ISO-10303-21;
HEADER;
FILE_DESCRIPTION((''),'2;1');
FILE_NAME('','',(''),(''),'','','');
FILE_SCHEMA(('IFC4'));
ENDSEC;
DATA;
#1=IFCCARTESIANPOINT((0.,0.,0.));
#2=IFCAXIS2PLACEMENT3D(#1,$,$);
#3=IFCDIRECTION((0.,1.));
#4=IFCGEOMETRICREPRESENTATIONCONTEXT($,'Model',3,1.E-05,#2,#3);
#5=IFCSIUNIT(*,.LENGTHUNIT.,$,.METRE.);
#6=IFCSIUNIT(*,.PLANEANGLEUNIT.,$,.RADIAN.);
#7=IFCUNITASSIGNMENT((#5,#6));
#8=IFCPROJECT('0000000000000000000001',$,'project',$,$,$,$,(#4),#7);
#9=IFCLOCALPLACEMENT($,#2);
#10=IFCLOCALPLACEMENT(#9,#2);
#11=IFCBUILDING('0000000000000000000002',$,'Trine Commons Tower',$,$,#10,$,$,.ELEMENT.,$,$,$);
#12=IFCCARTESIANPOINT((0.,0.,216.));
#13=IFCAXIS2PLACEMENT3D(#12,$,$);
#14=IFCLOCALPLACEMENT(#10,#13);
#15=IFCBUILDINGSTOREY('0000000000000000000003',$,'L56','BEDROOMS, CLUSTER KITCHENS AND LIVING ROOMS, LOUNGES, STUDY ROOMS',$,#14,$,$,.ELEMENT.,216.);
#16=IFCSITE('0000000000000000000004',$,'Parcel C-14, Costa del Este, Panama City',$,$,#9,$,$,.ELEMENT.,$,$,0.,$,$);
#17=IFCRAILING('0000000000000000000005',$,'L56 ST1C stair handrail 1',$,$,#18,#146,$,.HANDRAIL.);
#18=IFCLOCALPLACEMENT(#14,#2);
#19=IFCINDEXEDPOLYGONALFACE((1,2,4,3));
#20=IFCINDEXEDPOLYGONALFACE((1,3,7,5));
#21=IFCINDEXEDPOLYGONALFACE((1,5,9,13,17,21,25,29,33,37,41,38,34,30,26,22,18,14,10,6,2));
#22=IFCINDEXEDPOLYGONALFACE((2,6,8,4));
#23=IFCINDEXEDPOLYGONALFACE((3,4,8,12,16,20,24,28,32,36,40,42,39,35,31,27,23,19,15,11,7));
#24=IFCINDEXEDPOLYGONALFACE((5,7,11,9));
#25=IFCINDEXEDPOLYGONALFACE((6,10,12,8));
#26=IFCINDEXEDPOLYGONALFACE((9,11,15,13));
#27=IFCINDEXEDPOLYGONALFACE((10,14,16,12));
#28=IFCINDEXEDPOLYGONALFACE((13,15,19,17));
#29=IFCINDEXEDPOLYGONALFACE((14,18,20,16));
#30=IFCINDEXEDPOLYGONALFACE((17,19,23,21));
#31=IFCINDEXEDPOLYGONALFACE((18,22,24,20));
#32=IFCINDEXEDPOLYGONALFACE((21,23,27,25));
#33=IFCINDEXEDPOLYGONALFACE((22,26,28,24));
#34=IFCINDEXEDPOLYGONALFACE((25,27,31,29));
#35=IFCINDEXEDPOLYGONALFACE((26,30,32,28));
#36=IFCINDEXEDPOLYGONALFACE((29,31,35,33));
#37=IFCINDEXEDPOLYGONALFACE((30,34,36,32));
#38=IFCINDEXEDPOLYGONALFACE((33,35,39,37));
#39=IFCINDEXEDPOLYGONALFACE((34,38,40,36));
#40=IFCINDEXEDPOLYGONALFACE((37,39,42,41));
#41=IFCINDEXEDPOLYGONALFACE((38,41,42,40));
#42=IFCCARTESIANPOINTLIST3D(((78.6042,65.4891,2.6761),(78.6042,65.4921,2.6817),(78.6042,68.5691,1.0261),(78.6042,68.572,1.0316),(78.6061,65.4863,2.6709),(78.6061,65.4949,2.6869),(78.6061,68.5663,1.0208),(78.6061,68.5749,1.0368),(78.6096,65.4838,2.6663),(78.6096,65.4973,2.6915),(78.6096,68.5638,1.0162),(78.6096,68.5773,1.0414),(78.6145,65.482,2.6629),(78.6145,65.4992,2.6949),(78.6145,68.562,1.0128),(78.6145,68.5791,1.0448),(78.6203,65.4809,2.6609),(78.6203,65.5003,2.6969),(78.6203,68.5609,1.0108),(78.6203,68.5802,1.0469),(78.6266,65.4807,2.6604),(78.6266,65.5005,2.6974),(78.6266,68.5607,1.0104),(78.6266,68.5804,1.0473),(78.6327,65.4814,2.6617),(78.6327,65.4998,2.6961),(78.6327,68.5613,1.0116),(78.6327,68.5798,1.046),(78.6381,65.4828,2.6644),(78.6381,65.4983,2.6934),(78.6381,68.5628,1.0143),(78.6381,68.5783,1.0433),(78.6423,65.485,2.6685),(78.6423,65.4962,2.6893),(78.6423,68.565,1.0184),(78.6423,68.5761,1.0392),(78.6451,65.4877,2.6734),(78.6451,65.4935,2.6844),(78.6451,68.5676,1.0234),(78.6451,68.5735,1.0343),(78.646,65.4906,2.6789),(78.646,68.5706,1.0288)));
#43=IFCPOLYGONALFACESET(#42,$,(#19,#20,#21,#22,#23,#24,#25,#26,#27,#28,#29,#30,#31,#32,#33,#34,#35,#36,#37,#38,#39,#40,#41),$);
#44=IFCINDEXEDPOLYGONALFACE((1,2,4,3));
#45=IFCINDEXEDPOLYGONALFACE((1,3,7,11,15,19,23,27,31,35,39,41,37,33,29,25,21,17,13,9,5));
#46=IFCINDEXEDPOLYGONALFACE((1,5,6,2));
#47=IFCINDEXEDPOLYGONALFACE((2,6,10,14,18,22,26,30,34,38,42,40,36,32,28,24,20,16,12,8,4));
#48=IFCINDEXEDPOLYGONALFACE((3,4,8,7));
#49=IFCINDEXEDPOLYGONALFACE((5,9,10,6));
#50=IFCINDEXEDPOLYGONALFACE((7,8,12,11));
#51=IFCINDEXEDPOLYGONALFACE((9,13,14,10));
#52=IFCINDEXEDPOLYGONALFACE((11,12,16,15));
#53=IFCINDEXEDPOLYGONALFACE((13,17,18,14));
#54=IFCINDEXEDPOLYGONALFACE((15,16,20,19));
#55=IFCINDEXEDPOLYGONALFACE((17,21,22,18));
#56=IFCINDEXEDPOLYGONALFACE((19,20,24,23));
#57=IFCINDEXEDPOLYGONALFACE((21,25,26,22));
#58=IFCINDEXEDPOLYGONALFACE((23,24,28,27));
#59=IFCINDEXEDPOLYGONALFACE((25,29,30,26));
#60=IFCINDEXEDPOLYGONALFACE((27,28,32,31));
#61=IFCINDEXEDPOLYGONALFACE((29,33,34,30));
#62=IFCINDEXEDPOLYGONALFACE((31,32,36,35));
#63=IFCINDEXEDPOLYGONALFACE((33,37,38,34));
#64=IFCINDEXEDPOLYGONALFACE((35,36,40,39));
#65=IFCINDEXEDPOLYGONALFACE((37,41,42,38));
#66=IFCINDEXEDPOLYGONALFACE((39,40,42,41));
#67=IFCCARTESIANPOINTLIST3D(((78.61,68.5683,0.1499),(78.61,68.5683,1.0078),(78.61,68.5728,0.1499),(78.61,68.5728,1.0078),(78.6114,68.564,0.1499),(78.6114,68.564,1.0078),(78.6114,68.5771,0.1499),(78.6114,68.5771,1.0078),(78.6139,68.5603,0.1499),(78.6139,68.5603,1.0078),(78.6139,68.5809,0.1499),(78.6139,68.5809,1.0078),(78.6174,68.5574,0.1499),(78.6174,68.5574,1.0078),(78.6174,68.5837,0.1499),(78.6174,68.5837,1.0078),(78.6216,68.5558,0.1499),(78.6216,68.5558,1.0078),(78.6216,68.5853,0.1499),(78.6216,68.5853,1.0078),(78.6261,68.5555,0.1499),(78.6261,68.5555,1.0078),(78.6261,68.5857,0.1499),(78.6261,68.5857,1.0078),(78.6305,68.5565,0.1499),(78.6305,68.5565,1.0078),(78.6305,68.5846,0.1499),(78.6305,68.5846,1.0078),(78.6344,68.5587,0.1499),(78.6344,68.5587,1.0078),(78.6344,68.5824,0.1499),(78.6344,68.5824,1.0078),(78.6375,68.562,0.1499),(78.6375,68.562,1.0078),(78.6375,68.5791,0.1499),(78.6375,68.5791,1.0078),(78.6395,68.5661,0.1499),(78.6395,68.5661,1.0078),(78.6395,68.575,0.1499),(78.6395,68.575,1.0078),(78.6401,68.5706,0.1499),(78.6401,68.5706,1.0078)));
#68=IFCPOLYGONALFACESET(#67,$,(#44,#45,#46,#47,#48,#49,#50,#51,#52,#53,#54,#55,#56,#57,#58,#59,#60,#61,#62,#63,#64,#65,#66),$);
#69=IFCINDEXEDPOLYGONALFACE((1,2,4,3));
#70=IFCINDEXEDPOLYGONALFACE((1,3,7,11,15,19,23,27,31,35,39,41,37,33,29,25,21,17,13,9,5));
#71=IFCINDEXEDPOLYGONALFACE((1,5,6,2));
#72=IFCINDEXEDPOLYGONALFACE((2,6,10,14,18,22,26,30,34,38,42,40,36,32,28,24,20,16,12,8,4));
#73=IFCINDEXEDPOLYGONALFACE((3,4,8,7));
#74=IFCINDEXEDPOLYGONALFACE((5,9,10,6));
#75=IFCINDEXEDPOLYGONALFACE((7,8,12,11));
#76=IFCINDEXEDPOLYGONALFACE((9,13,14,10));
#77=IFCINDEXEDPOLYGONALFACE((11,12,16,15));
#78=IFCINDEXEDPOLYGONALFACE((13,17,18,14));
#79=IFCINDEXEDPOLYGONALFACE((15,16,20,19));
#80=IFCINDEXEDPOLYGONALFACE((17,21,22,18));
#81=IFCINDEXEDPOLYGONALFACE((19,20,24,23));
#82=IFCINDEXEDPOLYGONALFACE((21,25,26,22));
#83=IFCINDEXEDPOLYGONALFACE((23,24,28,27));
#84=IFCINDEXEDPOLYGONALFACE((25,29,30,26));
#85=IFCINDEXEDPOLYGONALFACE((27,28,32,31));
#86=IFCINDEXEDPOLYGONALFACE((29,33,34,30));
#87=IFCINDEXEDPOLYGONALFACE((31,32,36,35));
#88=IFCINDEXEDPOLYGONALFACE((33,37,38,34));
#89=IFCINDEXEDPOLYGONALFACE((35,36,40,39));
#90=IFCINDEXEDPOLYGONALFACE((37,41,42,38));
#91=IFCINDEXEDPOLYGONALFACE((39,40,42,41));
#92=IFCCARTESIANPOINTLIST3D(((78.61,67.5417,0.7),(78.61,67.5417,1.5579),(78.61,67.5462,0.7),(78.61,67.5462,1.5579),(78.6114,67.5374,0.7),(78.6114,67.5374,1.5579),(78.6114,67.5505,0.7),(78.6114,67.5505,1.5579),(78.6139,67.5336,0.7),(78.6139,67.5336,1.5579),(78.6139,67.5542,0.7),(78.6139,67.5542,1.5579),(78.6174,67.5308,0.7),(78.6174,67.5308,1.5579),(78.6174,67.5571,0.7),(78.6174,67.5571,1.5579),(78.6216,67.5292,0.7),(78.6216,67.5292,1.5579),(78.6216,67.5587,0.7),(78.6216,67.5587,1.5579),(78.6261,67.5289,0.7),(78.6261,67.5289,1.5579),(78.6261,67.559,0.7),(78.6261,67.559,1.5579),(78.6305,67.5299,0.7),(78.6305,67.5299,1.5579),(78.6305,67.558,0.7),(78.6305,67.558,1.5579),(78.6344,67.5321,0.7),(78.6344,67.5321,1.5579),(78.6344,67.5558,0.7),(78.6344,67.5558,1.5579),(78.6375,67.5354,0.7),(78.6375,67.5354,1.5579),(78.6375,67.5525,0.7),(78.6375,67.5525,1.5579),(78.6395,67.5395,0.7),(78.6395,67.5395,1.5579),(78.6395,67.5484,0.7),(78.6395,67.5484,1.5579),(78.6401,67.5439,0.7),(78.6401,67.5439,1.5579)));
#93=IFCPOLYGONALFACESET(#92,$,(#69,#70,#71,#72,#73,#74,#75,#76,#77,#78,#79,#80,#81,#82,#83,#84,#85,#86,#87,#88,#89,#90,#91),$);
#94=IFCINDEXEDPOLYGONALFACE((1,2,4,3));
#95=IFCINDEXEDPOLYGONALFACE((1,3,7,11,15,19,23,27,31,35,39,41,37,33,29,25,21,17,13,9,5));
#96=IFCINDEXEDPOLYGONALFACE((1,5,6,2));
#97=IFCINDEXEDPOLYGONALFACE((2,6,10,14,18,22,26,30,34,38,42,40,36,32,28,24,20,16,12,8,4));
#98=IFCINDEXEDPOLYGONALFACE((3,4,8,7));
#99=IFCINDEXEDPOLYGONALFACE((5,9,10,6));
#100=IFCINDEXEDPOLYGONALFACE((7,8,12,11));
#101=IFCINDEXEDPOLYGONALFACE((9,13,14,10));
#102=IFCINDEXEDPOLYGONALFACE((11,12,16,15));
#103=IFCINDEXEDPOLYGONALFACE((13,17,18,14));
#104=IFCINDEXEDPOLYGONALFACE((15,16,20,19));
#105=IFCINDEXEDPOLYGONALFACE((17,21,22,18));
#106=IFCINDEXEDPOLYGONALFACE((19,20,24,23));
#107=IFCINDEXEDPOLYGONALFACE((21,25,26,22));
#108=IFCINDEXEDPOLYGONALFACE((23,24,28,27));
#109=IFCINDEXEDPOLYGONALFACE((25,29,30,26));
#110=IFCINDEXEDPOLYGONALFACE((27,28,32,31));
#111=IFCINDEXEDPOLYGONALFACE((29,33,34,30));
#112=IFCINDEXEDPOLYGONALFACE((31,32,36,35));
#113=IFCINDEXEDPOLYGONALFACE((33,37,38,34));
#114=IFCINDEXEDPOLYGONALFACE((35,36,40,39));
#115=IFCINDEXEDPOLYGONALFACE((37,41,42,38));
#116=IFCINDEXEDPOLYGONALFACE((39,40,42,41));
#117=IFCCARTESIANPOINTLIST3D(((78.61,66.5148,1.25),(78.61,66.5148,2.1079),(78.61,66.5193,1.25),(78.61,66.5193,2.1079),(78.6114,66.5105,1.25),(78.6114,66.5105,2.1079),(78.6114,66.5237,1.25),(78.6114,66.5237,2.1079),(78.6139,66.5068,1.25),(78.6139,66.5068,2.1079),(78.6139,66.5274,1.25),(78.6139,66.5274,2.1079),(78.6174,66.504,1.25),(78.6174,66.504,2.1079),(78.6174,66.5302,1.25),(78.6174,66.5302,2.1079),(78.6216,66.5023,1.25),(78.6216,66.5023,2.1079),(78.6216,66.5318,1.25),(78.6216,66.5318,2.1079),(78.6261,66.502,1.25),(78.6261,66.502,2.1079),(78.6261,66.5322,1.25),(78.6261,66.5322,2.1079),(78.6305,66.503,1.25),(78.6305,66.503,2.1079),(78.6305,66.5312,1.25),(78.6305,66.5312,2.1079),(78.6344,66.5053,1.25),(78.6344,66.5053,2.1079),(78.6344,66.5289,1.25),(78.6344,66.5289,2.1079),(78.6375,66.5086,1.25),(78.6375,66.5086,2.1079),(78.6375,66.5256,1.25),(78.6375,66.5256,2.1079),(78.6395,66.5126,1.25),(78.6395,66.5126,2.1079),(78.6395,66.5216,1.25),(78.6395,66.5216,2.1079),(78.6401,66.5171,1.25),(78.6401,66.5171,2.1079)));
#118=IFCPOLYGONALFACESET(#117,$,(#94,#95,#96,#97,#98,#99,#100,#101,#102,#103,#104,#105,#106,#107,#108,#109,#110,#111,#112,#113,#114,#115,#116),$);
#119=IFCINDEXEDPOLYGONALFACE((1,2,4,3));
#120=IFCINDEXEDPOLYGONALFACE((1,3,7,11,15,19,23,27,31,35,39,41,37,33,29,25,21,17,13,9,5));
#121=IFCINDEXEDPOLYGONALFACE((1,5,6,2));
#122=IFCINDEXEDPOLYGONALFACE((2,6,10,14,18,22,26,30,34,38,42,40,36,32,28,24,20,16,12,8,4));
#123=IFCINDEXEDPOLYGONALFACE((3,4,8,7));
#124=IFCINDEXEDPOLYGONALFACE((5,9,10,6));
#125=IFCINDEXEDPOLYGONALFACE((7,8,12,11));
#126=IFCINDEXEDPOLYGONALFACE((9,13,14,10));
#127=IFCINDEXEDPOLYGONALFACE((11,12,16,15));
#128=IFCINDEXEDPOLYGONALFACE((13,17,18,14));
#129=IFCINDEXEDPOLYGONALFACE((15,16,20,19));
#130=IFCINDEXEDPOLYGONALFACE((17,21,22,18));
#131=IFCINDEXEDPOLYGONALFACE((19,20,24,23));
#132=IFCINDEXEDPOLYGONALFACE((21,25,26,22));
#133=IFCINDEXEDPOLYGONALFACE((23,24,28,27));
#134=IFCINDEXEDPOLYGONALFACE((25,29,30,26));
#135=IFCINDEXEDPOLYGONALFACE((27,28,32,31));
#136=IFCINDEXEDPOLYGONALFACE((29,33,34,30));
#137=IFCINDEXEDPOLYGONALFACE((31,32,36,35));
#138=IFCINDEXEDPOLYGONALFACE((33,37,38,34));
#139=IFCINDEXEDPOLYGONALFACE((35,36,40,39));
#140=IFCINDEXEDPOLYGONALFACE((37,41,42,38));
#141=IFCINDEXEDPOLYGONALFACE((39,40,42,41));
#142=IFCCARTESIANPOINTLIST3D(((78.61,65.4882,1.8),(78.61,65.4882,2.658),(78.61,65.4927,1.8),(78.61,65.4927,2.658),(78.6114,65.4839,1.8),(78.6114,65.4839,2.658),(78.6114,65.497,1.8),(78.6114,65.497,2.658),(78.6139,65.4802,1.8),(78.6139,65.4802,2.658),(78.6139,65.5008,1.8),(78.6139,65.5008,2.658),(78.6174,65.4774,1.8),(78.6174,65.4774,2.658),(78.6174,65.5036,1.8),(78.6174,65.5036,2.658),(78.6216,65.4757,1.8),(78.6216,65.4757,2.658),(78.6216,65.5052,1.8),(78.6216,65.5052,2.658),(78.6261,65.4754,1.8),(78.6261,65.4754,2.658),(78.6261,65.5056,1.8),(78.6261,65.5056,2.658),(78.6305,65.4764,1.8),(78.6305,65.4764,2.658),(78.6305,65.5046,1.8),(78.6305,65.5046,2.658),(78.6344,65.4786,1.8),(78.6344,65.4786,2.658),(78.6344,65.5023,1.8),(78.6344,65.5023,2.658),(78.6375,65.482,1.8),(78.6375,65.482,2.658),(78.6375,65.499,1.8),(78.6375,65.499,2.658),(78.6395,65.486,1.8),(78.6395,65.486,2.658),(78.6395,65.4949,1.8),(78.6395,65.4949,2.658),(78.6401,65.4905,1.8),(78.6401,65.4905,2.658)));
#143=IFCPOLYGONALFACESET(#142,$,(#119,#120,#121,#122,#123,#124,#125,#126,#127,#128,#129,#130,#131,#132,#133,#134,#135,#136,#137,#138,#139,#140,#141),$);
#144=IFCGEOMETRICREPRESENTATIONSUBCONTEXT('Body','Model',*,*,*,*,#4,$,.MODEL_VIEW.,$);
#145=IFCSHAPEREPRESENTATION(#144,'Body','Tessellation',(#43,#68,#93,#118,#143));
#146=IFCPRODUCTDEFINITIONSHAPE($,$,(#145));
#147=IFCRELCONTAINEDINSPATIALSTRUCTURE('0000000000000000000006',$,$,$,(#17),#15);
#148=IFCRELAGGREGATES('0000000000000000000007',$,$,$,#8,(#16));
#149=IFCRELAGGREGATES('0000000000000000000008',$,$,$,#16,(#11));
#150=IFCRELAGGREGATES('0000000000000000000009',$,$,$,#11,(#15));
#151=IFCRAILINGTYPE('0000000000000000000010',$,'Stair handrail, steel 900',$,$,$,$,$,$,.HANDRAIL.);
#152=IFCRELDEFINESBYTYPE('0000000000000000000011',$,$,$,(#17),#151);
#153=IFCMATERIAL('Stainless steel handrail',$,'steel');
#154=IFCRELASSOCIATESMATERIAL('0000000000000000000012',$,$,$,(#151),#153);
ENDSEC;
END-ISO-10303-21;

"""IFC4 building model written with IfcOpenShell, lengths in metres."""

from ifc_helpers import new_model, si_unit, direction, frame, origin, origin_2d, place, context, subcontext, project, spatial, circle, extrude, material, type_object, element, save


model = new_model("IFC4")

# Units and contexts
model_context = context("Model", 3, precision=1e-05, world=origin(), true_north=direction((0.0, 1.0)))
body_context = subcontext(model_context, "Body", "Model", "MODEL_VIEW")
ifc_project = project(units=[si_unit("LENGTHUNIT", "METRE"), si_unit("PLANEANGLEUNIT", "RADIAN")], contexts=[model_context])

# Site, building, storey
site_placement = place(None, origin())
site = spatial("IfcSite", under=ifc_project, at=site_placement, Name="Parcel C-14, Costa del Este, Panama City", CompositionType="ELEMENT", RefElevation=0.0)
building_placement = place(site_placement, origin())
building = spatial("IfcBuilding", under=site, at=building_placement, Name="Trine Commons Tower", CompositionType="ELEMENT")
storey_placement = place(building_placement, frame((0.0, 0.0, 216.0)))
storey = spatial("IfcBuildingStorey", under=building, at=storey_placement, Name="L56", Description="BEDROOMS, CLUSTER KITCHENS AND LIVING ROOMS, LOUNGES, STUDY ROOMS", CompositionType="ELEMENT", Elevation=216.0)

# Railing
ifc_material_1 = material(Name="Stainless steel handrail", Category="steel")
railing_type = type_object("IfcRailingType", Name="Stair handrail, steel 900", PredefinedType="HANDRAIL", material=ifc_material_1)
railing_placement = place(storey_placement, frame((78.625, 68.5706, 0.1499)))
element("IfcRailing", 1, at=railing_placement, inside=storey, type_object=railing_type, Name="L56 ST1C stair handrail 1", PredefinedType="HANDRAIL", context=body_context, shape_type="SweptSolid", body=[
    extrude(circle(Radius=0.021, at=origin_2d()), frame((0.0, 0.0, 0.8789), z_axis=(0.0, -0.881468, 0.472245), x_axis=(1.0, 0.0, 0.0)), (0.0, 0.0, 1.0), 3.4941),
    extrude(circle(Radius=0.0151, at=origin_2d()), origin(), (0.0, 0.0, 1.0), 0.8579),
    extrude(circle(Radius=0.0151, at=origin_2d()), frame((0.0, -1.0266, 0.55)), (0.0, 0.0, 1.0), 0.8579),
    extrude(circle(Radius=0.0151, at=origin_2d()), frame((0.0, -2.0535, 1.1001)), (0.0, 0.0, 1.0), 0.8579),
    extrude(circle(Radius=0.0151, at=origin_2d()), frame((0.0, -3.0801, 1.6501)), (0.0, 0.0, 1.0), 0.8579),
])

save(model, "model.ifc")
